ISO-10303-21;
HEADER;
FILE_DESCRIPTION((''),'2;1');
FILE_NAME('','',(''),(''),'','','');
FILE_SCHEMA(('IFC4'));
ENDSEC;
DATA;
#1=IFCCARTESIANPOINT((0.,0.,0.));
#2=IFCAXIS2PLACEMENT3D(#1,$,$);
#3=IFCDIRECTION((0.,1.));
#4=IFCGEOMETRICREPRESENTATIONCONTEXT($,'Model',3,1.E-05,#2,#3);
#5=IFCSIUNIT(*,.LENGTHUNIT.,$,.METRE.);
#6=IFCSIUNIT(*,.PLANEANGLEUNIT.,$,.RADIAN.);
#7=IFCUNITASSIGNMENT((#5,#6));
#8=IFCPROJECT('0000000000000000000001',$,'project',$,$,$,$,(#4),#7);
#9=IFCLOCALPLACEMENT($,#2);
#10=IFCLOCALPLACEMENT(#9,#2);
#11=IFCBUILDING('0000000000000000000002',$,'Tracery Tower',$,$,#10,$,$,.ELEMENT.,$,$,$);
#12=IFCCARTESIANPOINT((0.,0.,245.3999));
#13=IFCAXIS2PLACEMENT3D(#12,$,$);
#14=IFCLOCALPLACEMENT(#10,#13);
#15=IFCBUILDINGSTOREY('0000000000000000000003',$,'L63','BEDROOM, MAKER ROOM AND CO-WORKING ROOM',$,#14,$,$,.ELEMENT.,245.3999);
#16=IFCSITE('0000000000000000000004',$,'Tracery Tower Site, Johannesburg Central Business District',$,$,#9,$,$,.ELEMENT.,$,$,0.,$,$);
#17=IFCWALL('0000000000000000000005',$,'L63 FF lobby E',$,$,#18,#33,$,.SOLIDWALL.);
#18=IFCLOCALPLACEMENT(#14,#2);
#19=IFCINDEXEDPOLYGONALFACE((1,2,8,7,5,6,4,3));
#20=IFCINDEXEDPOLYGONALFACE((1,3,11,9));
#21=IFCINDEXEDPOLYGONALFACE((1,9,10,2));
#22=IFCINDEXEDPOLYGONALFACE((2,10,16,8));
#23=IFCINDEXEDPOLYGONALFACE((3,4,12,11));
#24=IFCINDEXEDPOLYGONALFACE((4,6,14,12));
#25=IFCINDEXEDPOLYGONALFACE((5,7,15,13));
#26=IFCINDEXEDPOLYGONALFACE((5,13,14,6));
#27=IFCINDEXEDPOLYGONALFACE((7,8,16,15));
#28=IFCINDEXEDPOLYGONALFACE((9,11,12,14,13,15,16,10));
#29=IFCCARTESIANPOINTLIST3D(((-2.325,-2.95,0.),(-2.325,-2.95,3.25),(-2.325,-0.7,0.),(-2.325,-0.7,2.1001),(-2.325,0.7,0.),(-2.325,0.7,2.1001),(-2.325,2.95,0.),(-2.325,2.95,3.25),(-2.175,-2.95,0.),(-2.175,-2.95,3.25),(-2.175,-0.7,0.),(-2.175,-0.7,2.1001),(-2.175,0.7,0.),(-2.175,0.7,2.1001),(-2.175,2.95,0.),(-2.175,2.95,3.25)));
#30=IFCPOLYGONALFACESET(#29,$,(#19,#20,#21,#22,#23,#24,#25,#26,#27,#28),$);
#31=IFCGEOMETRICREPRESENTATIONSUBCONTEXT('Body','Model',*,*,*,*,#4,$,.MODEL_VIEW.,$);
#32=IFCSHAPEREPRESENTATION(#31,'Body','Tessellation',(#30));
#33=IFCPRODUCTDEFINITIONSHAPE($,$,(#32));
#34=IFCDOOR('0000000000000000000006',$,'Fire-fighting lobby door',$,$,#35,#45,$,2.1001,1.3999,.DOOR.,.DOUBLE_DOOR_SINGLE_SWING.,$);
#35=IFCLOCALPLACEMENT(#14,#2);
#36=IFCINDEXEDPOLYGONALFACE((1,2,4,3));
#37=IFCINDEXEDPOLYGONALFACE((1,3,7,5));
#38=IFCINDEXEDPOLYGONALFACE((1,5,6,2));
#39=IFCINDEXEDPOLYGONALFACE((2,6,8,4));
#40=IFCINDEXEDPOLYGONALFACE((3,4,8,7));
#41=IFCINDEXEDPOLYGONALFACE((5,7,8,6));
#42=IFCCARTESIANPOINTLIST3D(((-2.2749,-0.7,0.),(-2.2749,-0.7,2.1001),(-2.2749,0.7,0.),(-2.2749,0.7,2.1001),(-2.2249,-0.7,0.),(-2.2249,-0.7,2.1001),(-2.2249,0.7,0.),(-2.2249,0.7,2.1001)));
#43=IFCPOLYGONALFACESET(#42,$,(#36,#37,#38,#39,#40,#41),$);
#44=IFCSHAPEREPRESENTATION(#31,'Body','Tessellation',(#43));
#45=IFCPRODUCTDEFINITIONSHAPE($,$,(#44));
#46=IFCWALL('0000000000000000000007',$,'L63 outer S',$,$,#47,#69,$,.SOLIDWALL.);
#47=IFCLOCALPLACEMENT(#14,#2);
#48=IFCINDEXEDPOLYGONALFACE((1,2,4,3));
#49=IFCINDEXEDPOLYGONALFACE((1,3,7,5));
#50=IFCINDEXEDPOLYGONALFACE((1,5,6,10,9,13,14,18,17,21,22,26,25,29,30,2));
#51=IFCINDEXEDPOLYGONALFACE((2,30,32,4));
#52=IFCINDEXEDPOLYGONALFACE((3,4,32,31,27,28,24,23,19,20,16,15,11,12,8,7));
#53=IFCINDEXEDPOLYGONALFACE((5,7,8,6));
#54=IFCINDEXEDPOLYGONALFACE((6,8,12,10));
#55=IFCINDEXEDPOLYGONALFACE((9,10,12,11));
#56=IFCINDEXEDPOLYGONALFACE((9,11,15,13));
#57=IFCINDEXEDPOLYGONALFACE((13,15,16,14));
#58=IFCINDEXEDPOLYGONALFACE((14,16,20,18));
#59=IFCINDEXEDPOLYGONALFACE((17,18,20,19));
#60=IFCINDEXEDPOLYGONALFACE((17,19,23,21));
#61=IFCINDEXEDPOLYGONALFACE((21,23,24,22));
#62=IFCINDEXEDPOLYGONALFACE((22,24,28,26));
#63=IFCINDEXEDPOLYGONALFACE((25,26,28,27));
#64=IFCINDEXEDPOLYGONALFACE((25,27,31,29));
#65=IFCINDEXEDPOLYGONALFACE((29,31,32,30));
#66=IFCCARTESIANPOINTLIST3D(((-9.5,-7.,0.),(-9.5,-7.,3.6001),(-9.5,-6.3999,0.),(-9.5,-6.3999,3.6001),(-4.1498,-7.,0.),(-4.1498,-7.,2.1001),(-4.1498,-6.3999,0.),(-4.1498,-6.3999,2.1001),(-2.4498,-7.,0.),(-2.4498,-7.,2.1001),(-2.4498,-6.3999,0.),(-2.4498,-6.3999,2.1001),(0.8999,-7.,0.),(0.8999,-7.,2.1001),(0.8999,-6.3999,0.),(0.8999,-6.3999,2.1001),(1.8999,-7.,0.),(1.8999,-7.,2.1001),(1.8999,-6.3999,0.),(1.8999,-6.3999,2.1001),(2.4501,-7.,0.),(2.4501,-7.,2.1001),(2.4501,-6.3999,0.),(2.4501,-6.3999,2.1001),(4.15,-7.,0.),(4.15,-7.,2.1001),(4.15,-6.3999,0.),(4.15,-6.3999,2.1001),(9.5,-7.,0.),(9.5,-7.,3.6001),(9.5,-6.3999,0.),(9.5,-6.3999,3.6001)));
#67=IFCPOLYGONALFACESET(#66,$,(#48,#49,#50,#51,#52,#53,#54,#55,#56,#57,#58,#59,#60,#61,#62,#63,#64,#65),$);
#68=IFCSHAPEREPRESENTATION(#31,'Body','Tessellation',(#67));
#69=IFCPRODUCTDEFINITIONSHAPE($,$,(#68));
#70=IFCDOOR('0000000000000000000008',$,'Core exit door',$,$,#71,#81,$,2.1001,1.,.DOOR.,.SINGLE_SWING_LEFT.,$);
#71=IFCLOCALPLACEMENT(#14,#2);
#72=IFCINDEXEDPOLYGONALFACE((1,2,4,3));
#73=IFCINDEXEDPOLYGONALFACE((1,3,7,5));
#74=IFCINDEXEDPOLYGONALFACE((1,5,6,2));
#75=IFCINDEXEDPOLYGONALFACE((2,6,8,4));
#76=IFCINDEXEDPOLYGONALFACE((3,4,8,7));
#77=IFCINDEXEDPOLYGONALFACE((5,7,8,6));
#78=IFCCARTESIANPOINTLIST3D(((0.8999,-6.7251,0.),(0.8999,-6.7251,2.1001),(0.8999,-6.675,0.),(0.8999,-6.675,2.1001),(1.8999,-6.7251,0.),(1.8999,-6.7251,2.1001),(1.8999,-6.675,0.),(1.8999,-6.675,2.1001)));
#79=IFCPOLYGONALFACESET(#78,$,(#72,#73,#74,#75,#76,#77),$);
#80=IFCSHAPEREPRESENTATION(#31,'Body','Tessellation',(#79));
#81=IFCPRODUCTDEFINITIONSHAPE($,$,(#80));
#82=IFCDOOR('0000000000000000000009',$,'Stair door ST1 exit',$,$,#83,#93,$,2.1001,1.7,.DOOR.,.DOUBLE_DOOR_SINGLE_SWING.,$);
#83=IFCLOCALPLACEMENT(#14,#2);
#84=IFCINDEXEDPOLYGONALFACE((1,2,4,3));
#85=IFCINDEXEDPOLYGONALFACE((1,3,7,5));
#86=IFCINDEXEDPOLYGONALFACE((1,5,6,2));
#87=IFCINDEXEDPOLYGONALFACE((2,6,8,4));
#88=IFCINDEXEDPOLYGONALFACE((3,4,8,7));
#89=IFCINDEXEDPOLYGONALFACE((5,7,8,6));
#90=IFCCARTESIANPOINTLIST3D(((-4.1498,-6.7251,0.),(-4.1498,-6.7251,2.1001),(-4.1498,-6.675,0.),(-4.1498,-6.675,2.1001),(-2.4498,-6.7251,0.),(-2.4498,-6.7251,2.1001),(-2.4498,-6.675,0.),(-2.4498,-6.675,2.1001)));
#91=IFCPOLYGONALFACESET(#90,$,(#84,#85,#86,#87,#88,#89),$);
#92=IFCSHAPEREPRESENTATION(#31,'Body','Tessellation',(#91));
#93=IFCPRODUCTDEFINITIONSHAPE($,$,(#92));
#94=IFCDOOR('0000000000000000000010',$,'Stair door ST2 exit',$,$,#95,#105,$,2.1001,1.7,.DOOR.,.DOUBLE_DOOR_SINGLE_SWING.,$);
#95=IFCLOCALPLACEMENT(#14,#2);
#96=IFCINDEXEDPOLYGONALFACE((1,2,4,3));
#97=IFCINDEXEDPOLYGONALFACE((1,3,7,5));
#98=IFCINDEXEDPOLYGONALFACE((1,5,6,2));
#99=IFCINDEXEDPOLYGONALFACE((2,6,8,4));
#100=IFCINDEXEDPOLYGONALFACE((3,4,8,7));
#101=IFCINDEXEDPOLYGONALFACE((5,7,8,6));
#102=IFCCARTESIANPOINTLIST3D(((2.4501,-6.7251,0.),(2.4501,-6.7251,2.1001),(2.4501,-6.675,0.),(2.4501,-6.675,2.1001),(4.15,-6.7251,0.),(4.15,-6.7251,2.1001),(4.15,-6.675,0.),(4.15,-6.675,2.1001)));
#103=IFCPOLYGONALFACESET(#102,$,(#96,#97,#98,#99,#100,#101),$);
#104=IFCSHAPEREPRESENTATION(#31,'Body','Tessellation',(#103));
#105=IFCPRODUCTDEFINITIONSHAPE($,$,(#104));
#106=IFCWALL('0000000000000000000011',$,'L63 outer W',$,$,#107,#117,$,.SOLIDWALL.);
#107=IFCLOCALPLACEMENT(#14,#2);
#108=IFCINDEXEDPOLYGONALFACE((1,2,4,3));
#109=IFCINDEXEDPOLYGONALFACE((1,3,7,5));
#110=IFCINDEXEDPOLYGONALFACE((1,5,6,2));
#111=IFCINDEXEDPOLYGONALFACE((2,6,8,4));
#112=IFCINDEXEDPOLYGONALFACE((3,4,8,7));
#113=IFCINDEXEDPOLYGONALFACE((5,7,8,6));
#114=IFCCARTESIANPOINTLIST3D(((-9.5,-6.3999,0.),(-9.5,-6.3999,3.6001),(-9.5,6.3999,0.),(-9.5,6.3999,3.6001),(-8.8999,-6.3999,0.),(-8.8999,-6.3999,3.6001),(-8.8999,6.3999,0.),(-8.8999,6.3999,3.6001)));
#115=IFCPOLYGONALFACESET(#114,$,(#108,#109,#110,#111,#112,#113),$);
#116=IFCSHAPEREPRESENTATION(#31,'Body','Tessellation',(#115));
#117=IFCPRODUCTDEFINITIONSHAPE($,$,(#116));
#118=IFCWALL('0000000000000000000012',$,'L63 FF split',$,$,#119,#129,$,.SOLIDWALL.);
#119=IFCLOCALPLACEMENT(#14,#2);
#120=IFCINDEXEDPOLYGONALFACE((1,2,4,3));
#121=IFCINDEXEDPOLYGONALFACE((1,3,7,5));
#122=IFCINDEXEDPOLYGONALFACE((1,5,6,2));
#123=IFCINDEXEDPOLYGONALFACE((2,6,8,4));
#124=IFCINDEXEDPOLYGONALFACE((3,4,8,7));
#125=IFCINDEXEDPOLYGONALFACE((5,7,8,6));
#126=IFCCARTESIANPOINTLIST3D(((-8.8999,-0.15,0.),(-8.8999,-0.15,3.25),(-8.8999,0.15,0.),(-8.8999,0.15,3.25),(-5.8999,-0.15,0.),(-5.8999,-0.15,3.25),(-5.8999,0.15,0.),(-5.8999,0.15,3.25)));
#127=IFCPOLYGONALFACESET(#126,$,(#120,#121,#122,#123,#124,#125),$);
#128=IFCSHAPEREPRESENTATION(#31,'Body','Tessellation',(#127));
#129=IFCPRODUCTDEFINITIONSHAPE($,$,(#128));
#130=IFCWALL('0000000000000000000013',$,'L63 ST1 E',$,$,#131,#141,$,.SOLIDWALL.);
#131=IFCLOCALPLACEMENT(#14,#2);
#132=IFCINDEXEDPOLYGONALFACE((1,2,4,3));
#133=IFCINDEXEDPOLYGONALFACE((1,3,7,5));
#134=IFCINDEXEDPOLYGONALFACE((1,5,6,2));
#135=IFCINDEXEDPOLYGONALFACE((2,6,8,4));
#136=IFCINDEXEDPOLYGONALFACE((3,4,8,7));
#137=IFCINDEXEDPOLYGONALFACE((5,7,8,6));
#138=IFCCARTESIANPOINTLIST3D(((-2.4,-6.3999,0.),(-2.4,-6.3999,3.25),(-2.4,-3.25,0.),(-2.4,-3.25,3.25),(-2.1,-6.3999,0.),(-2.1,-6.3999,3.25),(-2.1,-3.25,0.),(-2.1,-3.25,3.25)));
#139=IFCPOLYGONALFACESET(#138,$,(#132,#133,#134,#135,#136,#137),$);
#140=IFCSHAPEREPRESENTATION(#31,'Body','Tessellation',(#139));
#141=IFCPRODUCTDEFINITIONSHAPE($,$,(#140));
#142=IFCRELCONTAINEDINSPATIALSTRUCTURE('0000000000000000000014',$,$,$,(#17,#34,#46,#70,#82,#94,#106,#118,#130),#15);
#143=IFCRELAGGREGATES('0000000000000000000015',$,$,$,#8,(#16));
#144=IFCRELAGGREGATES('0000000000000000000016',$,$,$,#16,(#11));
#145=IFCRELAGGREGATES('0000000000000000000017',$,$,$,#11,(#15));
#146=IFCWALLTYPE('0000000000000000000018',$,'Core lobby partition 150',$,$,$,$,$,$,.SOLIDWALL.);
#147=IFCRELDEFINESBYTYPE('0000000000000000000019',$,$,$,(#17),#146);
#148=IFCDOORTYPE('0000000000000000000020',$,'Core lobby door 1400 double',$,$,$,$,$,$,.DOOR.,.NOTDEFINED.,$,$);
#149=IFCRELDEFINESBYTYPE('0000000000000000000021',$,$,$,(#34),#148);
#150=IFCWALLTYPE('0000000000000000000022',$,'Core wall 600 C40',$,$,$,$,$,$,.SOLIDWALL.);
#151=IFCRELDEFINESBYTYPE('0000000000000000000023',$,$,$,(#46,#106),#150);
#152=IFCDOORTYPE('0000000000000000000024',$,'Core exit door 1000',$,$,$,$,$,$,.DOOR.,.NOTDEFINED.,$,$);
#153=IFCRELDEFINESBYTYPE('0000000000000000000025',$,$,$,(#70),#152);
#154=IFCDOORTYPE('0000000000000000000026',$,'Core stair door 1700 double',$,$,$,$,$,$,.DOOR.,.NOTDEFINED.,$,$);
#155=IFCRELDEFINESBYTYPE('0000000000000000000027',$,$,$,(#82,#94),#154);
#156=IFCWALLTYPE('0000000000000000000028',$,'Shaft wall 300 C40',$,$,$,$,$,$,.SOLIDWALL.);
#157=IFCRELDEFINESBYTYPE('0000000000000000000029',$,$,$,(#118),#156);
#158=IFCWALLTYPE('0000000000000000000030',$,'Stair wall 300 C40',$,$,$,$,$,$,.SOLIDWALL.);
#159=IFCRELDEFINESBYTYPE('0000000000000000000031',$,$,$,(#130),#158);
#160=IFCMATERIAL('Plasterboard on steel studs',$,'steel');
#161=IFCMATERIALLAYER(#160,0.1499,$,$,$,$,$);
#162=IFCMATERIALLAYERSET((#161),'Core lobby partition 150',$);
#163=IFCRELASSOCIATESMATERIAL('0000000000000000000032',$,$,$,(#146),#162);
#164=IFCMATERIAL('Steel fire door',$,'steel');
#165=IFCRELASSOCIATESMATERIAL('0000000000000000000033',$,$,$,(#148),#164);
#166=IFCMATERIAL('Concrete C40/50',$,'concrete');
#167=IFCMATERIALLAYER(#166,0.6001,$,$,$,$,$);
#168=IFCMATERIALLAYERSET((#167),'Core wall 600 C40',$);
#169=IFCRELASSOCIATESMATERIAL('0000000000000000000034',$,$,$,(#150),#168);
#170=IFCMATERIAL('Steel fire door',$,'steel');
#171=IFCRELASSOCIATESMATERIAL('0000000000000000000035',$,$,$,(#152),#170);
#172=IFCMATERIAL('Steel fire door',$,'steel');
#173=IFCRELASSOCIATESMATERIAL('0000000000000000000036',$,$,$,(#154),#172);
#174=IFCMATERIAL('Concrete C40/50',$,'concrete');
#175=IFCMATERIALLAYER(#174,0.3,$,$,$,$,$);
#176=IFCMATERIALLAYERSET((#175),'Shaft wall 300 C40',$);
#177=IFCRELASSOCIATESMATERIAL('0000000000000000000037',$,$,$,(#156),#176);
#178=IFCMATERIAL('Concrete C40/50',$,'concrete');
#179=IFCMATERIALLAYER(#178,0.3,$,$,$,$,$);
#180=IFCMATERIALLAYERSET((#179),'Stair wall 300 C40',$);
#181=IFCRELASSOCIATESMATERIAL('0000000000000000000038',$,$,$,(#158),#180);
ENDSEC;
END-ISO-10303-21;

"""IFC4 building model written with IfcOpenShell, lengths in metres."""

from ifc_helpers import new_model, si_unit, direction, frame, frame_2d, origin, place, context, subcontext, project, spatial, rectangle, extrude, material, layer, layer_set, type_object, element, fill, save


model = new_model("IFC4")

# Units and contexts
model_context = context("Model", 3, precision=1e-05, world=origin(), true_north=direction((0.0, 1.0)))
body_context = subcontext(model_context, "Body", "Model", "MODEL_VIEW")
ifc_project = project(units=[si_unit("LENGTHUNIT", "METRE"), si_unit("PLANEANGLEUNIT", "RADIAN")], contexts=[model_context])

# Site, building, storey
site_placement = place(None, origin())
site = spatial("IfcSite", under=ifc_project, at=site_placement, Name="Tracery Tower Site, Johannesburg Central Business District", CompositionType="ELEMENT", RefElevation=0.0)
building_placement = place(site_placement, origin())
building = spatial("IfcBuilding", under=site, at=building_placement, Name="Tracery Tower", CompositionType="ELEMENT")
storey_placement = place(building_placement, frame((0.0, 0.0, 245.3999)))
storey = spatial("IfcBuildingStorey", under=building, at=storey_placement, Name="L63", Description="BEDROOM, MAKER ROOM AND CO-WORKING ROOM", CompositionType="ELEMENT", Elevation=245.3999)

# Wall, opening, door
ifc_material_1 = material(Name="Plasterboard on steel studs", Category="steel")
ifc_layer_1 = layer(ifc_material_1, 0.1499)
ifc_layer_set_1 = layer_set([ifc_layer_1], Name="Core lobby partition 150")
wall_type_1 = type_object("IfcWallType", Name="Core lobby partition 150", PredefinedType="SOLIDWALL", material=ifc_layer_set_1)
wall_1_placement = place(storey_placement, frame((-2.25, -2.95, 0.0), z_axis=(0.0, 0.0, 1.0), x_axis=(0.0, 1.0, 0.0)))
wall_1 = element("IfcWall", 1, at=wall_1_placement, inside=storey, type_object=wall_type_1, Name="L63 FF lobby E", PredefinedType="SOLIDWALL", context=body_context, shape_type="SweptSolid", body=[
    extrude(rectangle(XDim=5.8999, YDim=0.1499, at=frame_2d((2.95, 0.0))), origin(), (0.0, 0.0, 1.0), 3.25),
])
opening_1_placement = place(wall_1_placement, frame((2.25, 0.0, 0.0)))
opening_1 = element("IfcOpeningElement", 2, at=opening_1_placement, cuts=wall_1, PredefinedType="OPENING", context=body_context, shape_type="SweptSolid", body=[
    extrude(rectangle(XDim=1.3999, YDim=2.1001, at=frame_2d((0.7, 1.05))), frame((0.0, 0.075, 0.0), z_axis=(0.0, -1.0, 0.0), x_axis=(1.0, 0.0, 0.0)), (0.0, 0.0, 1.0), 0.1499),
])
ifc_material_2 = material(Name="Steel fire door", Category="steel")
door_type_1 = type_object("IfcDoorType", Name="Core lobby door 1400 double", OperationType="NOTDEFINED", PredefinedType="DOOR", material=ifc_material_2)
door_1_placement = place(opening_1_placement, origin())
door_1 = element("IfcDoor", 3, at=door_1_placement, inside=storey, type_object=door_type_1, Name="Fire-fighting lobby door", OperationType="DOUBLE_DOOR_SINGLE_SWING", OverallHeight=2.1001, OverallWidth=1.3999, PredefinedType="DOOR", context=body_context, shape_type="SweptSolid", body=[
    extrude(rectangle(XDim=1.3999, YDim=2.1001, at=frame_2d((0.7, 1.05))), frame((0.0, 0.0249, 0.0), z_axis=(0.0, -1.0, 0.0), x_axis=(1.0, 0.0, 0.0)), (0.0, 0.0, 1.0), 0.05),
])
fill(opening_1, door_1)

# Wall, openings, doors
ifc_material_3 = material(Name="Concrete C40/50", Category="concrete")
ifc_layer_2 = layer(ifc_material_3, 0.6001)
ifc_layer_set_2 = layer_set([ifc_layer_2], Name="Core wall 600 C40")
wall_type_2 = type_object("IfcWallType", Name="Core wall 600 C40", PredefinedType="SOLIDWALL", material=ifc_layer_set_2)
wall_2_placement = place(storey_placement, frame((-9.5, -6.7, 0.0), z_axis=(0.0, 0.0, 1.0), x_axis=(1.0, 0.0, 0.0)))
wall_2 = element("IfcWall", 4, at=wall_2_placement, inside=storey, type_object=wall_type_2, Name="L63 outer S", PredefinedType="SOLIDWALL", context=body_context, shape_type="SweptSolid", body=[
    extrude(rectangle(XDim=19.0, YDim=0.6001, at=frame_2d((9.5, 0.0))), origin(), (0.0, 0.0, 1.0), 3.6001),
])
opening_2_placement = place(wall_2_placement, frame((10.3999, 0.0, 0.0)))
opening_2 = element("IfcOpeningElement", 5, at=opening_2_placement, cuts=wall_2, PredefinedType="OPENING", context=body_context, shape_type="SweptSolid", body=[
    extrude(rectangle(XDim=1.0, YDim=2.1001, at=frame_2d((0.5, 1.05))), frame((0.0, 0.3, 0.0), z_axis=(0.0, -1.0, 0.0), x_axis=(1.0, 0.0, 0.0)), (0.0, 0.0, 1.0), 0.6001),
])
opening_3_placement = place(wall_2_placement, frame((5.3501, 0.0, 0.0)))
opening_3 = element("IfcOpeningElement", 6, at=opening_3_placement, cuts=wall_2, PredefinedType="OPENING", context=body_context, shape_type="SweptSolid", body=[
    extrude(rectangle(XDim=1.7, YDim=2.1001, at=frame_2d((0.8501, 1.05))), frame((0.0, 0.3, 0.0), z_axis=(0.0, -1.0, 0.0), x_axis=(1.0, 0.0, 0.0)), (0.0, 0.0, 1.0), 0.6001),
])
opening_4_placement = place(wall_2_placement, frame((11.95, 0.0, 0.0)))
opening_4 = element("IfcOpeningElement", 7, at=opening_4_placement, cuts=wall_2, PredefinedType="OPENING", context=body_context, shape_type="SweptSolid", body=[
    extrude(rectangle(XDim=1.7, YDim=2.1001, at=frame_2d((0.8501, 1.05))), frame((0.0, 0.3, 0.0), z_axis=(0.0, -1.0, 0.0), x_axis=(1.0, 0.0, 0.0)), (0.0, 0.0, 1.0), 0.6001),
])
ifc_material_4 = material(Name="Steel fire door", Category="steel")
door_type_2 = type_object("IfcDoorType", Name="Core exit door 1000", OperationType="NOTDEFINED", PredefinedType="DOOR", material=ifc_material_4)
door_2_placement = place(opening_2_placement, origin())
door_2 = element("IfcDoor", 8, at=door_2_placement, inside=storey, type_object=door_type_2, Name="Core exit door", OperationType="SINGLE_SWING_LEFT", OverallHeight=2.1001, OverallWidth=1.0, PredefinedType="DOOR", context=body_context, shape_type="SweptSolid", body=[
    extrude(rectangle(XDim=1.0, YDim=2.1001, at=frame_2d((0.5, 1.05))), frame((0.0, 0.0249, 0.0), z_axis=(0.0, -1.0, 0.0), x_axis=(1.0, 0.0, 0.0)), (0.0, 0.0, 1.0), 0.05),
])
fill(opening_2, door_2)
ifc_material_5 = material(Name="Steel fire door", Category="steel")
door_type_3 = type_object("IfcDoorType", Name="Core stair door 1700 double", OperationType="NOTDEFINED", PredefinedType="DOOR", material=ifc_material_5)
door_3_placement = place(opening_3_placement, origin())
door_3 = element("IfcDoor", 9, at=door_3_placement, inside=storey, type_object=door_type_3, Name="Stair door ST1 exit", OperationType="DOUBLE_DOOR_SINGLE_SWING", OverallHeight=2.1001, OverallWidth=1.7, PredefinedType="DOOR", context=body_context, shape_type="SweptSolid", body=[
    extrude(rectangle(XDim=1.7, YDim=2.1001, at=frame_2d((0.8501, 1.05))), frame((0.0, 0.0249, 0.0), z_axis=(0.0, -1.0, 0.0), x_axis=(1.0, 0.0, 0.0)), (0.0, 0.0, 1.0), 0.05),
])
fill(opening_3, door_3)
door_4_placement = place(opening_4_placement, origin())
door_4 = element("IfcDoor", 10, at=door_4_placement, inside=storey, type_object=door_type_3, Name="Stair door ST2 exit", OperationType="DOUBLE_DOOR_SINGLE_SWING", OverallHeight=2.1001, OverallWidth=1.7, PredefinedType="DOOR", context=body_context, shape_type="SweptSolid", body=[
    extrude(rectangle(XDim=1.7, YDim=2.1001, at=frame_2d((0.8501, 1.05))), frame((0.0, 0.0249, 0.0), z_axis=(0.0, -1.0, 0.0), x_axis=(1.0, 0.0, 0.0)), (0.0, 0.0, 1.0), 0.05),
])
fill(opening_4, door_4)

# Walls
wall_3_placement = place(storey_placement, frame((-9.2, -6.3999, 0.0), z_axis=(0.0, 0.0, 1.0), x_axis=(0.0, 1.0, 0.0)))
element("IfcWall", 11, at=wall_3_placement, inside=storey, type_object=wall_type_2, Name="L63 outer W", PredefinedType="SOLIDWALL", context=body_context, shape_type="SweptSolid", body=[
    extrude(rectangle(XDim=12.7998, YDim=0.6001, at=frame_2d((6.3999, 0.0))), origin(), (0.0, 0.0, 1.0), 3.6001),
])
ifc_material_6 = material(Name="Concrete C40/50", Category="concrete")
ifc_layer_3 = layer(ifc_material_6, 0.3)
ifc_layer_set_3 = layer_set([ifc_layer_3], Name="Shaft wall 300 C40")
wall_type_3 = type_object("IfcWallType", Name="Shaft wall 300 C40", PredefinedType="SOLIDWALL", material=ifc_layer_set_3)
wall_4_placement = place(storey_placement, frame((-8.8999, 0.0, 0.0), z_axis=(0.0, 0.0, 1.0), x_axis=(1.0, 0.0, 0.0)))
element("IfcWall", 12, at=wall_4_placement, inside=storey, type_object=wall_type_3, Name="L63 FF split", PredefinedType="SOLIDWALL", context=body_context, shape_type="SweptSolid", body=[
    extrude(rectangle(XDim=3.0, YDim=0.3, at=frame_2d((1.5, 0.0))), origin(), (0.0, 0.0, 1.0), 3.25),
])

# Shared definitions
ifc_material_7 = material(Name="Concrete C40/50", Category="concrete")
ifc_layer_4 = layer(ifc_material_7, 0.3)
ifc_layer_set_4 = layer_set([ifc_layer_4], Name="Stair wall 300 C40")
wall_type_4 = type_object("IfcWallType", Name="Stair wall 300 C40", PredefinedType="SOLIDWALL", material=ifc_layer_set_4)

# Wall
wall_5_placement = place(storey_placement, frame((-2.25, -6.3999, 0.0), z_axis=(0.0, 0.0, 1.0), x_axis=(0.0, 1.0, 0.0)))
element("IfcWall", 13, at=wall_5_placement, inside=storey, type_object=wall_type_4, Name="L63 ST1 E", PredefinedType="SOLIDWALL", context=body_context, shape_type="SweptSolid", body=[
    extrude(rectangle(XDim=3.1499, YDim=0.3, at=frame_2d((1.575, 0.0))), origin(), (0.0, 0.0, 1.0), 3.25),
])

save(model, "model.ifc")
